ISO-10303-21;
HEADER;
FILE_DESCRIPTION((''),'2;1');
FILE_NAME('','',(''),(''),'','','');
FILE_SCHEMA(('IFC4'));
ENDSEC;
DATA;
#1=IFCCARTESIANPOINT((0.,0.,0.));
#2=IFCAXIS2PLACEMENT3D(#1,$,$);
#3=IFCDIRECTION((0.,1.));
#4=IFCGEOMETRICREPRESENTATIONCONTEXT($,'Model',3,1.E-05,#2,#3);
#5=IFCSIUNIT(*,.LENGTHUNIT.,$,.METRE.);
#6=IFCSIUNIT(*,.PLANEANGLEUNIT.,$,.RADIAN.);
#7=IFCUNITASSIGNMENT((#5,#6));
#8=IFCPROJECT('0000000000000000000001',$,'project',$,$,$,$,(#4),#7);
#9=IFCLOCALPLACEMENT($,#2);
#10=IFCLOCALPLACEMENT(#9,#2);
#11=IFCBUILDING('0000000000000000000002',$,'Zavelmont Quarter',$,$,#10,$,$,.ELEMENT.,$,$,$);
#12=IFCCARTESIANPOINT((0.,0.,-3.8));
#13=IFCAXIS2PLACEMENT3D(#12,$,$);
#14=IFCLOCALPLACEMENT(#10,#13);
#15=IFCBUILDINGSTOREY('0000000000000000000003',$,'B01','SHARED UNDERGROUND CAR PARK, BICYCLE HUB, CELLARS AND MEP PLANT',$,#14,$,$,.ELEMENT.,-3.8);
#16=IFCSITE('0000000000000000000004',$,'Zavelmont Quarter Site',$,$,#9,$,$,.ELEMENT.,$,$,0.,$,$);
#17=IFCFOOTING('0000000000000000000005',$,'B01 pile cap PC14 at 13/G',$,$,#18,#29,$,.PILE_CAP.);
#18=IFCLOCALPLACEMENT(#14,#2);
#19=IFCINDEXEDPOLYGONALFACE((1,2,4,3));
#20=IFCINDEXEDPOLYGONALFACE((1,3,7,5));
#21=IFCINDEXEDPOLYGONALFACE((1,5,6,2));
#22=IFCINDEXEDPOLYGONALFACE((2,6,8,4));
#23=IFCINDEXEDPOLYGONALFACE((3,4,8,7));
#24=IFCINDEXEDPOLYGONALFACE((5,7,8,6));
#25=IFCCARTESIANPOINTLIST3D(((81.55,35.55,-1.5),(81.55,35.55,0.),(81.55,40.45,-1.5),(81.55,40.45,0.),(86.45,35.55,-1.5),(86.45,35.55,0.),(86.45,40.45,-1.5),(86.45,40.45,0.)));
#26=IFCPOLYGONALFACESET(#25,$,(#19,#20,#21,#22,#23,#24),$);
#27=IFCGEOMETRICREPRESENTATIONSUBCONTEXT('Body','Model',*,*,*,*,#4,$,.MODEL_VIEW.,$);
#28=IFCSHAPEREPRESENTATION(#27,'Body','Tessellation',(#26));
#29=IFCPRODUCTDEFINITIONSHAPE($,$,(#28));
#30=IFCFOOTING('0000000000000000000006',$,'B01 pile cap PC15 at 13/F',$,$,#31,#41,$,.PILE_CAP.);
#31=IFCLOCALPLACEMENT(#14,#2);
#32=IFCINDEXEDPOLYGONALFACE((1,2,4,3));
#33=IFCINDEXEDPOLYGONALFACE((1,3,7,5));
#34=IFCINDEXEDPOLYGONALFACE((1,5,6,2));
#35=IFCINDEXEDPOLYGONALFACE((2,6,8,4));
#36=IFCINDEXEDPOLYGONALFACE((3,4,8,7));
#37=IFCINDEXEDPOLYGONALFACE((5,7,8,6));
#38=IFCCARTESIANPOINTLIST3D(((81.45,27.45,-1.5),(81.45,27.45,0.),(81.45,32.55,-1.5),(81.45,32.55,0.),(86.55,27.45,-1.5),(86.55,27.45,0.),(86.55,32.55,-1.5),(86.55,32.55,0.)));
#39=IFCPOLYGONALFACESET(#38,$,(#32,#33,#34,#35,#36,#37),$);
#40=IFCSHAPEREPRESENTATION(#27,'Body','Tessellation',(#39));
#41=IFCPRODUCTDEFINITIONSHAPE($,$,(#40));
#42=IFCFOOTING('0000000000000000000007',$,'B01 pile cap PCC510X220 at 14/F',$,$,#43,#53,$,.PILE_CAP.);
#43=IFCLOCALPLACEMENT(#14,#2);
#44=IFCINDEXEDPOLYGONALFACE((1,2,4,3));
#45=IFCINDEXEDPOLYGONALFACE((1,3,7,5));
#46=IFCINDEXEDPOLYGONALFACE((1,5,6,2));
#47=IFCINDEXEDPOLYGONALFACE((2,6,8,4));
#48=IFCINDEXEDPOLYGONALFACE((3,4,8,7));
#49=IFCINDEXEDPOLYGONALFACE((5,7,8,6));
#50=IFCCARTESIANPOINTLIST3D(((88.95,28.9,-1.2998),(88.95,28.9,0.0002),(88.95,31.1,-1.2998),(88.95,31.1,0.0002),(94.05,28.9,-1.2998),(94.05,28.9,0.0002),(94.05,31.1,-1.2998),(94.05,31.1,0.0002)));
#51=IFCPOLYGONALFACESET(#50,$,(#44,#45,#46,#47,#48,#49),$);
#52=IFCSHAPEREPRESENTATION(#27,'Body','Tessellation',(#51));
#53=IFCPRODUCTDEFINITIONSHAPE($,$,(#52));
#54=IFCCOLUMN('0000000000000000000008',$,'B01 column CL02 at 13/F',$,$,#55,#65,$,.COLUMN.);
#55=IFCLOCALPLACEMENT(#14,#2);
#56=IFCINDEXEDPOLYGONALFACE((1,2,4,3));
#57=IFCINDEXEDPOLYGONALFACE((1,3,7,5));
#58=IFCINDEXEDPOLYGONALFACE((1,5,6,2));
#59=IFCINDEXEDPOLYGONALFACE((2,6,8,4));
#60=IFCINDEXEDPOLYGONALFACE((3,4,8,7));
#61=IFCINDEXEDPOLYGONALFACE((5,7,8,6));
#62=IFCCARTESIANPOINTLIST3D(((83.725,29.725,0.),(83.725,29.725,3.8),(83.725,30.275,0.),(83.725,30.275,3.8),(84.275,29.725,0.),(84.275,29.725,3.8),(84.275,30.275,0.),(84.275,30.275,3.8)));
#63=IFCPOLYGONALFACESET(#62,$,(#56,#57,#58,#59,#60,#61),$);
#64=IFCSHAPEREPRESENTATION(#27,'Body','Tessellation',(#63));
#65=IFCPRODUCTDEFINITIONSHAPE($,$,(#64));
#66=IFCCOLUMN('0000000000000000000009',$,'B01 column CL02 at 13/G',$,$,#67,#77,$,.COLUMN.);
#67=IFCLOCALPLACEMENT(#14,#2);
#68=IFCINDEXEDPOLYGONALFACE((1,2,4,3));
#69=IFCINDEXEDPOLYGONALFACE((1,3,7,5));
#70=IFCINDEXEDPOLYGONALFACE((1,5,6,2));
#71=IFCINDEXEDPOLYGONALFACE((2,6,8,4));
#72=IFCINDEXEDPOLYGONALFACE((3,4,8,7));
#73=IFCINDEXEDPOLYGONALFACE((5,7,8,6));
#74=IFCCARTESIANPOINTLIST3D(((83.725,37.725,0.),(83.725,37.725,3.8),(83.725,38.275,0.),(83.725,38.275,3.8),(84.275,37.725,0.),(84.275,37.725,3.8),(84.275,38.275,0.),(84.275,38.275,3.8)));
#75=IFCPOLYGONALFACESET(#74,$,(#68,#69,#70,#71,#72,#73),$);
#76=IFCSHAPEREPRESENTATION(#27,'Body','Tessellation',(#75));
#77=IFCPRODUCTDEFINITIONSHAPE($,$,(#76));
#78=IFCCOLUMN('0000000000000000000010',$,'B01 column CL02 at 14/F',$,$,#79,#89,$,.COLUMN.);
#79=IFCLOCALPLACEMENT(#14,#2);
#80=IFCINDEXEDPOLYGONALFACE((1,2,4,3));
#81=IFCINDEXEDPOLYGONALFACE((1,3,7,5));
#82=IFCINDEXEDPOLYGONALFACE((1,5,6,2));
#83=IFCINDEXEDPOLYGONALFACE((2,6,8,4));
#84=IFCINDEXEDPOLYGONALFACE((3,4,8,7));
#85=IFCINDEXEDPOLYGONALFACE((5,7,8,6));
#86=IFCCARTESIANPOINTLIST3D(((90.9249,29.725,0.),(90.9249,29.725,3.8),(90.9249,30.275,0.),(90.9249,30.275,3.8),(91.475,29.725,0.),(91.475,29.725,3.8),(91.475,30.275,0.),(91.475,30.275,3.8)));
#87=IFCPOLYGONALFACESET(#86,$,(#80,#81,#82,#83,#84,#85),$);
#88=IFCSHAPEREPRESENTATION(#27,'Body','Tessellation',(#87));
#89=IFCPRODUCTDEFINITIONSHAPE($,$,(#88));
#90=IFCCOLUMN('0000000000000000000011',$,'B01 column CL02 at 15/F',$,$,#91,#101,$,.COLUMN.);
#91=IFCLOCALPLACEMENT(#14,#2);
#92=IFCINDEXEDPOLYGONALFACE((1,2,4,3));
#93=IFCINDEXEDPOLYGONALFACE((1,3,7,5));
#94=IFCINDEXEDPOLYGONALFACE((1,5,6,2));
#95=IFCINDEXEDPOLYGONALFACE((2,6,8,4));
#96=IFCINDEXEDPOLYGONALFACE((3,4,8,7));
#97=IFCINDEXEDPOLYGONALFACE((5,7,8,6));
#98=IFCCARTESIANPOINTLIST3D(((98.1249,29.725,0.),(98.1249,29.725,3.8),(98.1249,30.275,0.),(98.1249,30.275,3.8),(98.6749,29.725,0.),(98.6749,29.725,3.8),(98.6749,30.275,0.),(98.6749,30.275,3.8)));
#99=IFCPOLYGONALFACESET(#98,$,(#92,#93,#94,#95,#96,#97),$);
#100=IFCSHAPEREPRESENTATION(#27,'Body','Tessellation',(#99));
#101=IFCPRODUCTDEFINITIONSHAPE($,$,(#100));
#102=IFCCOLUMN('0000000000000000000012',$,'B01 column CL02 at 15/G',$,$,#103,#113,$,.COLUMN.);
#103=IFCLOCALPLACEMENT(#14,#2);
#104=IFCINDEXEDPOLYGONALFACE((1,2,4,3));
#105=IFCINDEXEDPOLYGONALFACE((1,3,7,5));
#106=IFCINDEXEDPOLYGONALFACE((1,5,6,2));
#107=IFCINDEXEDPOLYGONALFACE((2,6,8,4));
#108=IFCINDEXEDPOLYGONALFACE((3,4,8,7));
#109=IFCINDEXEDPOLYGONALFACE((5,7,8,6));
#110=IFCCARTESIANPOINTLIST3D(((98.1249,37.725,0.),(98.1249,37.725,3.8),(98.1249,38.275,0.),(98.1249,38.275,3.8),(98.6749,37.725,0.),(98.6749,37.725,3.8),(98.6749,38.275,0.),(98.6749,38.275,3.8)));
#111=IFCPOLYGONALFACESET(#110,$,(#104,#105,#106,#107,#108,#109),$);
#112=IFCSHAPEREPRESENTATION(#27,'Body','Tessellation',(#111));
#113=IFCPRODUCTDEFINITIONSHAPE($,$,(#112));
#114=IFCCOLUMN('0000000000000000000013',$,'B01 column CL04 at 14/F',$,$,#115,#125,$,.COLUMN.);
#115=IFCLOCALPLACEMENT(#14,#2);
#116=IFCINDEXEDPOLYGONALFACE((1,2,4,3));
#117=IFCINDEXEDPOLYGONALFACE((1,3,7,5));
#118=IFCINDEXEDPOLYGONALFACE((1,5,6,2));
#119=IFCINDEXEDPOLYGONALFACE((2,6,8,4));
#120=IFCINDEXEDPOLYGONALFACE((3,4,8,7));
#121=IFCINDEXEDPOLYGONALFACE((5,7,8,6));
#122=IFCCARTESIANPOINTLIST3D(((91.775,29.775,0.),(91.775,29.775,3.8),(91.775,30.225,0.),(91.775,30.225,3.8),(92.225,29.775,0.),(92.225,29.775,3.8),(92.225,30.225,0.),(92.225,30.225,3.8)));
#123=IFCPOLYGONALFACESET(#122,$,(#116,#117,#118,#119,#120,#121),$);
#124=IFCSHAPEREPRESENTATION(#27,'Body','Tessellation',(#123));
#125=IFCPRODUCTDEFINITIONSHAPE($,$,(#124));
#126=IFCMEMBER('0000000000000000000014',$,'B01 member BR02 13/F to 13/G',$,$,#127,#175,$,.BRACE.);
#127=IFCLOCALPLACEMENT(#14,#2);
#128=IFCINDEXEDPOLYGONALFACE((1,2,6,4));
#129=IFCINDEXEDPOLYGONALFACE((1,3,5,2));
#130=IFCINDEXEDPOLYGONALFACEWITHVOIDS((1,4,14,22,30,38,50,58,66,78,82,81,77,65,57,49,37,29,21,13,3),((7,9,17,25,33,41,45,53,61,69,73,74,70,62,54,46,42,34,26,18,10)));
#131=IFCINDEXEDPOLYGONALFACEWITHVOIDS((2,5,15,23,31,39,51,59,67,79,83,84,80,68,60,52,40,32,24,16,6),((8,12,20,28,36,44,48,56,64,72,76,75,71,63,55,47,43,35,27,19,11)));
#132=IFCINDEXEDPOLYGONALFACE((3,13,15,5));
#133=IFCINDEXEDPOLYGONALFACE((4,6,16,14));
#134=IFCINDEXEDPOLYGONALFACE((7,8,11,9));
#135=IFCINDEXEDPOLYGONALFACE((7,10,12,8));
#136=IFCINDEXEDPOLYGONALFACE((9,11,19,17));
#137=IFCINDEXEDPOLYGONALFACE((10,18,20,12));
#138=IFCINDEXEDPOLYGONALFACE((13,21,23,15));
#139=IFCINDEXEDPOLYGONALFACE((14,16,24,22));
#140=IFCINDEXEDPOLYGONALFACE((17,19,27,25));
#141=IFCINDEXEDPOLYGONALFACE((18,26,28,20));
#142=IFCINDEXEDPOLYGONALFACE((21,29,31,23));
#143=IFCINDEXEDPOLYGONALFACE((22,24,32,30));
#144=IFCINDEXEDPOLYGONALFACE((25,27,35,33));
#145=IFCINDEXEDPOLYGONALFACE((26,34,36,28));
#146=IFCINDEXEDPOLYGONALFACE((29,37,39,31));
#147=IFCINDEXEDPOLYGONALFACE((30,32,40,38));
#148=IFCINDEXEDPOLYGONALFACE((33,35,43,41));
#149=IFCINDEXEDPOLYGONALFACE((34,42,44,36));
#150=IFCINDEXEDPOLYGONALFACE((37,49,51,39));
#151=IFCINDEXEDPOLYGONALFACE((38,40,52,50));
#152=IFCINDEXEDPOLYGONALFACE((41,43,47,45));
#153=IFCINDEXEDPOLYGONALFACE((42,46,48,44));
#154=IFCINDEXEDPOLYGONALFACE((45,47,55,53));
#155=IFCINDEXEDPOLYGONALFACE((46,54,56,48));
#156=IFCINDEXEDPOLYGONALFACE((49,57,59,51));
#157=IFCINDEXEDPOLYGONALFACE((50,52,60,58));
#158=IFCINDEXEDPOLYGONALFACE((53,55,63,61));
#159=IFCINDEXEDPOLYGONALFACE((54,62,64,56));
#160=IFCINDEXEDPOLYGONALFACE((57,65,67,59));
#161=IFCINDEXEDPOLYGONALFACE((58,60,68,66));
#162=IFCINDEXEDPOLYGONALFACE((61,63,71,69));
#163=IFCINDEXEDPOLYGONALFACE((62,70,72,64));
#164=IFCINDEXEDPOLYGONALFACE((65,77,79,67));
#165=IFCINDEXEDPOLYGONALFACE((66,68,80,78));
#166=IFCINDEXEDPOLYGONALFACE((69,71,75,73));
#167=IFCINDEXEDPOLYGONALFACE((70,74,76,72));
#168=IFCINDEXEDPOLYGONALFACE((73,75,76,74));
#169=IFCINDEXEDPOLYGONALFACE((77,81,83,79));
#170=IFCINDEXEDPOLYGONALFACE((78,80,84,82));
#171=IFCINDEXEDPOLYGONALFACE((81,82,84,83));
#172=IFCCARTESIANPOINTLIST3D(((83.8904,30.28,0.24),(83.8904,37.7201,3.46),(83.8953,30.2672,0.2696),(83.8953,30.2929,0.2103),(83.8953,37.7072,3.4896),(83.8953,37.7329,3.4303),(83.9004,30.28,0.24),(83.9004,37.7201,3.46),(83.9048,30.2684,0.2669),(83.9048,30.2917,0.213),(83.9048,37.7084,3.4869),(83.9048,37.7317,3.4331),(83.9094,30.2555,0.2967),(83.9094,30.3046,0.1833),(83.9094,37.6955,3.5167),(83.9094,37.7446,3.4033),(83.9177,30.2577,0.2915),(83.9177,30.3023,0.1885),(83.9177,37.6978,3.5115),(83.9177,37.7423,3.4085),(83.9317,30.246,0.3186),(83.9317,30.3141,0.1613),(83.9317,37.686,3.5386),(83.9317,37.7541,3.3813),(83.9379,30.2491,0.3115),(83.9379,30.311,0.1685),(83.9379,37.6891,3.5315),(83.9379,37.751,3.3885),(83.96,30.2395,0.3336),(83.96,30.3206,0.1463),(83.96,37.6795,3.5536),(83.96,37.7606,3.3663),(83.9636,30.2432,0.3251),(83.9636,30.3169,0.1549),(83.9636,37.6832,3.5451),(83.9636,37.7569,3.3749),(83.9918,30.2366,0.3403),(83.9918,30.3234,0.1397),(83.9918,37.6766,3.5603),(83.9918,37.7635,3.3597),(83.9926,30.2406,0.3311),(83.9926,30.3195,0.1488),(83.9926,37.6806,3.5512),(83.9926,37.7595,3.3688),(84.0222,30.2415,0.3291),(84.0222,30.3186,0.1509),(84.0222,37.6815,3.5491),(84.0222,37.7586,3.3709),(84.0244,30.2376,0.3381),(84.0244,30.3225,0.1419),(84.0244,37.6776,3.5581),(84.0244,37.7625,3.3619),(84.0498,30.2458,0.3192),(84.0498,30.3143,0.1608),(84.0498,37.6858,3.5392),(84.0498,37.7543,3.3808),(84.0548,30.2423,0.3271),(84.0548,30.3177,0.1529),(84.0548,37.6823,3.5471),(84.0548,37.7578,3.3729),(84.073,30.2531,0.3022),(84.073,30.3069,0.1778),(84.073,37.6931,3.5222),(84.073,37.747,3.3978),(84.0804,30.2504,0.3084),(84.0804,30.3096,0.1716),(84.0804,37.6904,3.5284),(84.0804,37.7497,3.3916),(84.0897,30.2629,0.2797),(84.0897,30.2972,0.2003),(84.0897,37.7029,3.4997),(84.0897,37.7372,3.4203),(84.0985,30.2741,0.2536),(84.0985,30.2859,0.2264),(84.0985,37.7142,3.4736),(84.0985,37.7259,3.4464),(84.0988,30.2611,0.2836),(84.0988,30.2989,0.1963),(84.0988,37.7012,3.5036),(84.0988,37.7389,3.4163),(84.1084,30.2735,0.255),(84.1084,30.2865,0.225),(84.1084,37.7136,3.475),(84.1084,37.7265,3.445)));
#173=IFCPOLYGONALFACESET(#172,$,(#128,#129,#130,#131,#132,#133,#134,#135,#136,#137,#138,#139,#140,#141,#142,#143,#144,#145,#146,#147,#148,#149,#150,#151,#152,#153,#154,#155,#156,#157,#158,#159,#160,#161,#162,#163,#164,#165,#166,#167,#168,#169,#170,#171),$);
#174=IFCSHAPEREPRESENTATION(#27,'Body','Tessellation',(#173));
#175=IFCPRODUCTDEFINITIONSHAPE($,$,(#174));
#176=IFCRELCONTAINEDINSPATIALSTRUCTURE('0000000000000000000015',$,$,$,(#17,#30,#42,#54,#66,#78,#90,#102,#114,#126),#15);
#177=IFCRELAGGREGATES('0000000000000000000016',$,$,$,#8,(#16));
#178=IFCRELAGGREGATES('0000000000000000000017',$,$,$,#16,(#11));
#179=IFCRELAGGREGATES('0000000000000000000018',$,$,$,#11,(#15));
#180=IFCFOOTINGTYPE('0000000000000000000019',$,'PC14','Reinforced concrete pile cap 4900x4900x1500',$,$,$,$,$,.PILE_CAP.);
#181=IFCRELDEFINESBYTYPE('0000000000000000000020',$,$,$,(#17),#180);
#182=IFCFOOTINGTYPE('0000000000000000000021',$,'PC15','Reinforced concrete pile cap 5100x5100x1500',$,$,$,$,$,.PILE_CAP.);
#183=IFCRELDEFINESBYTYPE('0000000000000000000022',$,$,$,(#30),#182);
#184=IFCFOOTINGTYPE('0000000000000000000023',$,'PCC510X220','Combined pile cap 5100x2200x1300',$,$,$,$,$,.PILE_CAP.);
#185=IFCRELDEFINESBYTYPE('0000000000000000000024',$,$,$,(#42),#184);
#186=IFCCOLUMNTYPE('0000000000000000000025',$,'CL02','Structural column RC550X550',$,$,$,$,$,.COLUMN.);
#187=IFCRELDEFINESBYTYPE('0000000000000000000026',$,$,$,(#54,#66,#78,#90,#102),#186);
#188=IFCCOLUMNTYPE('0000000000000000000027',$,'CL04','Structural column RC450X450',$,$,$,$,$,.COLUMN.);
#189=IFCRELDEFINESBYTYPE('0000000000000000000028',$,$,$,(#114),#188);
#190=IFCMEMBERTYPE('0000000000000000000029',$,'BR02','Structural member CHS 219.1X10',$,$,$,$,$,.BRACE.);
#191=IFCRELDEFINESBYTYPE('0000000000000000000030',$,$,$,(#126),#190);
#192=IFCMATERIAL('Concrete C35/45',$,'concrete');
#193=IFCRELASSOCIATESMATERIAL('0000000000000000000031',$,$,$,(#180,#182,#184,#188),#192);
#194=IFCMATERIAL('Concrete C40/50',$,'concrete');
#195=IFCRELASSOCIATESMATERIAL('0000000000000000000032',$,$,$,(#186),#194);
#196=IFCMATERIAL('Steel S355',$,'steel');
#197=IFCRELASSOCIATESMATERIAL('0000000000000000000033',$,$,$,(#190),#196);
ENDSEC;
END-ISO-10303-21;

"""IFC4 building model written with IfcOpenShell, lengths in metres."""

from ifc_helpers import new_model, si_unit, direction, frame, origin, origin_2d, place, context, subcontext, project, spatial, rectangle, hollow_circle, extrude, material, material_profile, profile_set, type_object, element, save


model = new_model("IFC4")

# Units and contexts
model_context = context("Model", 3, precision=1e-05, world=origin(), true_north=direction((0.0, 1.0)))
body_context = subcontext(model_context, "Body", "Model", "MODEL_VIEW")
ifc_project = project(units=[si_unit("LENGTHUNIT", "METRE"), si_unit("PLANEANGLEUNIT", "RADIAN")], contexts=[model_context])

# Site, building, storey
site_placement = place(None, origin())
site = spatial("IfcSite", under=ifc_project, at=site_placement, Name="Zavelmont Quarter Site", CompositionType="ELEMENT", RefElevation=0.0)
building_placement = place(site_placement, origin())
building = spatial("IfcBuilding", under=site, at=building_placement, Name="Zavelmont Quarter", CompositionType="ELEMENT")
storey_placement = place(building_placement, frame((0.0, 0.0, -3.8)))
storey = spatial("IfcBuildingStorey", under=building, at=storey_placement, Name="B01", Description="SHARED UNDERGROUND CAR PARK, BICYCLE HUB, CELLARS AND MEP PLANT", CompositionType="ELEMENT", Elevation=-3.8)

# Shared definitions
ifc_material_1 = material(Name="Concrete C35/45", Category="concrete")

# Footings
footing_type_1 = type_object("IfcFootingType", Name="PC14", Description="Reinforced concrete pile cap 4900x4900x1500", PredefinedType="PILE_CAP", material=ifc_material_1)
footing_1_placement = place(storey_placement, frame((84.0, 38.0, -1.5), z_axis=(0.0, 0.0, 1.0), x_axis=(1.0, 0.0, 0.0)))
element("IfcFooting", 1, at=footing_1_placement, inside=storey, type_object=footing_type_1, Name="B01 pile cap PC14 at 13/G", PredefinedType="PILE_CAP", context=body_context, shape_type="SweptSolid", body=[
    extrude(rectangle(XDim=4.8999, YDim=4.8999, at=origin_2d()), origin(), (0.0, 0.0, 1.0), 1.5),
])
footing_type_2 = type_object("IfcFootingType", Name="PC15", Description="Reinforced concrete pile cap 5100x5100x1500", PredefinedType="PILE_CAP", material=ifc_material_1)
footing_2_placement = place(storey_placement, frame((84.0, 30.0, -1.5), z_axis=(0.0, 0.0, 1.0), x_axis=(1.0, 0.0, 0.0)))
element("IfcFooting", 2, at=footing_2_placement, inside=storey, type_object=footing_type_2, Name="B01 pile cap PC15 at 13/F", PredefinedType="PILE_CAP", context=body_context, shape_type="SweptSolid", body=[
    extrude(rectangle(XDim=5.1001, YDim=5.1001, at=origin_2d()), origin(), (0.0, 0.0, 1.0), 1.5),
])
footing_type_3 = type_object("IfcFootingType", Name="PCC510X220", Description="Combined pile cap 5100x2200x1300", PredefinedType="PILE_CAP", material=ifc_material_1)
footing_3_placement = place(storey_placement, frame((91.5, 30.0, -1.2998), z_axis=(0.0, 0.0, 1.0), x_axis=(1.0, 0.0, 0.0)))
element("IfcFooting", 3, at=footing_3_placement, inside=storey, type_object=footing_type_3, Name="B01 pile cap PCC510X220 at 14/F", PredefinedType="PILE_CAP", context=body_context, shape_type="SweptSolid", body=[
    extrude(rectangle(XDim=5.1001, YDim=2.2, at=origin_2d()), origin(), (0.0, 0.0, 1.0), 1.3),
])

# Columns
ifc_material_2 = material(Name="Concrete C40/50", Category="concrete")
ifc_material_profile_1 = material_profile(ifc_material_2, rectangle(XDim=0.55, YDim=0.55, at=origin_2d()), Name="RC550X550")
ifc_profile_set_1 = profile_set([ifc_material_profile_1], Name="Concrete C40/50")
column_type_1 = type_object("IfcColumnType", Name="CL02", Description="Structural column RC550X550", PredefinedType="COLUMN", material=ifc_profile_set_1)
for number, where, z_axis, x_axis, name in (
    (4, (84.0, 30.0, 0.0), (0.0, 0.0, 1.0), (1.0, 0.0, 0.0), "B01 column CL02 at 13/F"),
    (5, (84.0, 38.0, 0.0), (0.0, 0.0, 1.0), (1.0, 0.0, 0.0), "B01 column CL02 at 13/G"),
    (6, (91.2, 30.0, 0.0), (0.0, 0.0, 1.0), (1.0, 0.0, 0.0), "B01 column CL02 at 14/F"),
    (7, (98.3999, 30.0, 0.0), (0.0, 0.0, 1.0), (1.0, 0.0, 0.0), "B01 column CL02 at 15/F"),
    (8, (98.3999, 38.0, 0.0), (0.0, 0.0, 1.0), (1.0, 0.0, 0.0), "B01 column CL02 at 15/G"),
):
    element("IfcColumn", number, at=place(storey_placement, frame(where, z_axis=z_axis, x_axis=x_axis)), inside=storey, type_object=column_type_1, Name=name, PredefinedType="COLUMN", context=body_context, shape_type="SweptSolid", body=[
        extrude(rectangle(XDim=0.55, YDim=0.55, at=origin_2d()), origin(), (0.0, 0.0, 1.0), 3.8),
    ])
ifc_material_profile_2 = material_profile(ifc_material_1, rectangle(XDim=0.45, YDim=0.45, at=origin_2d()), Name="RC450X450")
ifc_profile_set_2 = profile_set([ifc_material_profile_2], Name="Concrete C35/45")
column_type_2 = type_object("IfcColumnType", Name="CL04", Description="Structural column RC450X450", PredefinedType="COLUMN", material=ifc_profile_set_2)
column_placement = place(storey_placement, frame((92.0, 30.0, 0.0), z_axis=(0.0, 0.0, 1.0), x_axis=(1.0, 0.0, 0.0)))
element("IfcColumn", 9, at=column_placement, inside=storey, type_object=column_type_2, Name="B01 column CL04 at 14/F", PredefinedType="COLUMN", context=body_context, shape_type="SweptSolid", body=[
    extrude(rectangle(XDim=0.45, YDim=0.45, at=origin_2d()), origin(), (0.0, 0.0, 1.0), 3.8),
])

# Member
ifc_material_3 = material(Name="Steel S355", Category="steel")
ifc_material_profile_3 = material_profile(ifc_material_3, hollow_circle(Radius=0.1096, WallThickness=0.01, at=origin_2d()), Name="CHS 219.1X10")
ifc_profile_set_3 = profile_set([ifc_material_profile_3], Name="Steel S355")
member_type = type_object("IfcMemberType", Name="BR02", Description="Structural member CHS 219.1X10", PredefinedType="BRACE", material=ifc_profile_set_3)
for number, where, z_axis, x_axis, name in (
    (10, (84.0, 30.28, 0.24), (0.0, 0.917736, 0.397192), (-1.0, 0.0, 0.0), "B01 member BR02 13/F to 13/G"),
):
    element("IfcMember", number, at=place(storey_placement, frame(where, z_axis=z_axis, x_axis=x_axis)), inside=storey, type_object=member_type, Name=name, PredefinedType="BRACE", context=body_context, shape_type="SweptSolid", body=[
        extrude(hollow_circle(Radius=0.1096, WallThickness=0.01, at=origin_2d()), origin(), (0.0, 0.0, 1.0), 8.1069),
    ])

save(model, "model.ifc")
